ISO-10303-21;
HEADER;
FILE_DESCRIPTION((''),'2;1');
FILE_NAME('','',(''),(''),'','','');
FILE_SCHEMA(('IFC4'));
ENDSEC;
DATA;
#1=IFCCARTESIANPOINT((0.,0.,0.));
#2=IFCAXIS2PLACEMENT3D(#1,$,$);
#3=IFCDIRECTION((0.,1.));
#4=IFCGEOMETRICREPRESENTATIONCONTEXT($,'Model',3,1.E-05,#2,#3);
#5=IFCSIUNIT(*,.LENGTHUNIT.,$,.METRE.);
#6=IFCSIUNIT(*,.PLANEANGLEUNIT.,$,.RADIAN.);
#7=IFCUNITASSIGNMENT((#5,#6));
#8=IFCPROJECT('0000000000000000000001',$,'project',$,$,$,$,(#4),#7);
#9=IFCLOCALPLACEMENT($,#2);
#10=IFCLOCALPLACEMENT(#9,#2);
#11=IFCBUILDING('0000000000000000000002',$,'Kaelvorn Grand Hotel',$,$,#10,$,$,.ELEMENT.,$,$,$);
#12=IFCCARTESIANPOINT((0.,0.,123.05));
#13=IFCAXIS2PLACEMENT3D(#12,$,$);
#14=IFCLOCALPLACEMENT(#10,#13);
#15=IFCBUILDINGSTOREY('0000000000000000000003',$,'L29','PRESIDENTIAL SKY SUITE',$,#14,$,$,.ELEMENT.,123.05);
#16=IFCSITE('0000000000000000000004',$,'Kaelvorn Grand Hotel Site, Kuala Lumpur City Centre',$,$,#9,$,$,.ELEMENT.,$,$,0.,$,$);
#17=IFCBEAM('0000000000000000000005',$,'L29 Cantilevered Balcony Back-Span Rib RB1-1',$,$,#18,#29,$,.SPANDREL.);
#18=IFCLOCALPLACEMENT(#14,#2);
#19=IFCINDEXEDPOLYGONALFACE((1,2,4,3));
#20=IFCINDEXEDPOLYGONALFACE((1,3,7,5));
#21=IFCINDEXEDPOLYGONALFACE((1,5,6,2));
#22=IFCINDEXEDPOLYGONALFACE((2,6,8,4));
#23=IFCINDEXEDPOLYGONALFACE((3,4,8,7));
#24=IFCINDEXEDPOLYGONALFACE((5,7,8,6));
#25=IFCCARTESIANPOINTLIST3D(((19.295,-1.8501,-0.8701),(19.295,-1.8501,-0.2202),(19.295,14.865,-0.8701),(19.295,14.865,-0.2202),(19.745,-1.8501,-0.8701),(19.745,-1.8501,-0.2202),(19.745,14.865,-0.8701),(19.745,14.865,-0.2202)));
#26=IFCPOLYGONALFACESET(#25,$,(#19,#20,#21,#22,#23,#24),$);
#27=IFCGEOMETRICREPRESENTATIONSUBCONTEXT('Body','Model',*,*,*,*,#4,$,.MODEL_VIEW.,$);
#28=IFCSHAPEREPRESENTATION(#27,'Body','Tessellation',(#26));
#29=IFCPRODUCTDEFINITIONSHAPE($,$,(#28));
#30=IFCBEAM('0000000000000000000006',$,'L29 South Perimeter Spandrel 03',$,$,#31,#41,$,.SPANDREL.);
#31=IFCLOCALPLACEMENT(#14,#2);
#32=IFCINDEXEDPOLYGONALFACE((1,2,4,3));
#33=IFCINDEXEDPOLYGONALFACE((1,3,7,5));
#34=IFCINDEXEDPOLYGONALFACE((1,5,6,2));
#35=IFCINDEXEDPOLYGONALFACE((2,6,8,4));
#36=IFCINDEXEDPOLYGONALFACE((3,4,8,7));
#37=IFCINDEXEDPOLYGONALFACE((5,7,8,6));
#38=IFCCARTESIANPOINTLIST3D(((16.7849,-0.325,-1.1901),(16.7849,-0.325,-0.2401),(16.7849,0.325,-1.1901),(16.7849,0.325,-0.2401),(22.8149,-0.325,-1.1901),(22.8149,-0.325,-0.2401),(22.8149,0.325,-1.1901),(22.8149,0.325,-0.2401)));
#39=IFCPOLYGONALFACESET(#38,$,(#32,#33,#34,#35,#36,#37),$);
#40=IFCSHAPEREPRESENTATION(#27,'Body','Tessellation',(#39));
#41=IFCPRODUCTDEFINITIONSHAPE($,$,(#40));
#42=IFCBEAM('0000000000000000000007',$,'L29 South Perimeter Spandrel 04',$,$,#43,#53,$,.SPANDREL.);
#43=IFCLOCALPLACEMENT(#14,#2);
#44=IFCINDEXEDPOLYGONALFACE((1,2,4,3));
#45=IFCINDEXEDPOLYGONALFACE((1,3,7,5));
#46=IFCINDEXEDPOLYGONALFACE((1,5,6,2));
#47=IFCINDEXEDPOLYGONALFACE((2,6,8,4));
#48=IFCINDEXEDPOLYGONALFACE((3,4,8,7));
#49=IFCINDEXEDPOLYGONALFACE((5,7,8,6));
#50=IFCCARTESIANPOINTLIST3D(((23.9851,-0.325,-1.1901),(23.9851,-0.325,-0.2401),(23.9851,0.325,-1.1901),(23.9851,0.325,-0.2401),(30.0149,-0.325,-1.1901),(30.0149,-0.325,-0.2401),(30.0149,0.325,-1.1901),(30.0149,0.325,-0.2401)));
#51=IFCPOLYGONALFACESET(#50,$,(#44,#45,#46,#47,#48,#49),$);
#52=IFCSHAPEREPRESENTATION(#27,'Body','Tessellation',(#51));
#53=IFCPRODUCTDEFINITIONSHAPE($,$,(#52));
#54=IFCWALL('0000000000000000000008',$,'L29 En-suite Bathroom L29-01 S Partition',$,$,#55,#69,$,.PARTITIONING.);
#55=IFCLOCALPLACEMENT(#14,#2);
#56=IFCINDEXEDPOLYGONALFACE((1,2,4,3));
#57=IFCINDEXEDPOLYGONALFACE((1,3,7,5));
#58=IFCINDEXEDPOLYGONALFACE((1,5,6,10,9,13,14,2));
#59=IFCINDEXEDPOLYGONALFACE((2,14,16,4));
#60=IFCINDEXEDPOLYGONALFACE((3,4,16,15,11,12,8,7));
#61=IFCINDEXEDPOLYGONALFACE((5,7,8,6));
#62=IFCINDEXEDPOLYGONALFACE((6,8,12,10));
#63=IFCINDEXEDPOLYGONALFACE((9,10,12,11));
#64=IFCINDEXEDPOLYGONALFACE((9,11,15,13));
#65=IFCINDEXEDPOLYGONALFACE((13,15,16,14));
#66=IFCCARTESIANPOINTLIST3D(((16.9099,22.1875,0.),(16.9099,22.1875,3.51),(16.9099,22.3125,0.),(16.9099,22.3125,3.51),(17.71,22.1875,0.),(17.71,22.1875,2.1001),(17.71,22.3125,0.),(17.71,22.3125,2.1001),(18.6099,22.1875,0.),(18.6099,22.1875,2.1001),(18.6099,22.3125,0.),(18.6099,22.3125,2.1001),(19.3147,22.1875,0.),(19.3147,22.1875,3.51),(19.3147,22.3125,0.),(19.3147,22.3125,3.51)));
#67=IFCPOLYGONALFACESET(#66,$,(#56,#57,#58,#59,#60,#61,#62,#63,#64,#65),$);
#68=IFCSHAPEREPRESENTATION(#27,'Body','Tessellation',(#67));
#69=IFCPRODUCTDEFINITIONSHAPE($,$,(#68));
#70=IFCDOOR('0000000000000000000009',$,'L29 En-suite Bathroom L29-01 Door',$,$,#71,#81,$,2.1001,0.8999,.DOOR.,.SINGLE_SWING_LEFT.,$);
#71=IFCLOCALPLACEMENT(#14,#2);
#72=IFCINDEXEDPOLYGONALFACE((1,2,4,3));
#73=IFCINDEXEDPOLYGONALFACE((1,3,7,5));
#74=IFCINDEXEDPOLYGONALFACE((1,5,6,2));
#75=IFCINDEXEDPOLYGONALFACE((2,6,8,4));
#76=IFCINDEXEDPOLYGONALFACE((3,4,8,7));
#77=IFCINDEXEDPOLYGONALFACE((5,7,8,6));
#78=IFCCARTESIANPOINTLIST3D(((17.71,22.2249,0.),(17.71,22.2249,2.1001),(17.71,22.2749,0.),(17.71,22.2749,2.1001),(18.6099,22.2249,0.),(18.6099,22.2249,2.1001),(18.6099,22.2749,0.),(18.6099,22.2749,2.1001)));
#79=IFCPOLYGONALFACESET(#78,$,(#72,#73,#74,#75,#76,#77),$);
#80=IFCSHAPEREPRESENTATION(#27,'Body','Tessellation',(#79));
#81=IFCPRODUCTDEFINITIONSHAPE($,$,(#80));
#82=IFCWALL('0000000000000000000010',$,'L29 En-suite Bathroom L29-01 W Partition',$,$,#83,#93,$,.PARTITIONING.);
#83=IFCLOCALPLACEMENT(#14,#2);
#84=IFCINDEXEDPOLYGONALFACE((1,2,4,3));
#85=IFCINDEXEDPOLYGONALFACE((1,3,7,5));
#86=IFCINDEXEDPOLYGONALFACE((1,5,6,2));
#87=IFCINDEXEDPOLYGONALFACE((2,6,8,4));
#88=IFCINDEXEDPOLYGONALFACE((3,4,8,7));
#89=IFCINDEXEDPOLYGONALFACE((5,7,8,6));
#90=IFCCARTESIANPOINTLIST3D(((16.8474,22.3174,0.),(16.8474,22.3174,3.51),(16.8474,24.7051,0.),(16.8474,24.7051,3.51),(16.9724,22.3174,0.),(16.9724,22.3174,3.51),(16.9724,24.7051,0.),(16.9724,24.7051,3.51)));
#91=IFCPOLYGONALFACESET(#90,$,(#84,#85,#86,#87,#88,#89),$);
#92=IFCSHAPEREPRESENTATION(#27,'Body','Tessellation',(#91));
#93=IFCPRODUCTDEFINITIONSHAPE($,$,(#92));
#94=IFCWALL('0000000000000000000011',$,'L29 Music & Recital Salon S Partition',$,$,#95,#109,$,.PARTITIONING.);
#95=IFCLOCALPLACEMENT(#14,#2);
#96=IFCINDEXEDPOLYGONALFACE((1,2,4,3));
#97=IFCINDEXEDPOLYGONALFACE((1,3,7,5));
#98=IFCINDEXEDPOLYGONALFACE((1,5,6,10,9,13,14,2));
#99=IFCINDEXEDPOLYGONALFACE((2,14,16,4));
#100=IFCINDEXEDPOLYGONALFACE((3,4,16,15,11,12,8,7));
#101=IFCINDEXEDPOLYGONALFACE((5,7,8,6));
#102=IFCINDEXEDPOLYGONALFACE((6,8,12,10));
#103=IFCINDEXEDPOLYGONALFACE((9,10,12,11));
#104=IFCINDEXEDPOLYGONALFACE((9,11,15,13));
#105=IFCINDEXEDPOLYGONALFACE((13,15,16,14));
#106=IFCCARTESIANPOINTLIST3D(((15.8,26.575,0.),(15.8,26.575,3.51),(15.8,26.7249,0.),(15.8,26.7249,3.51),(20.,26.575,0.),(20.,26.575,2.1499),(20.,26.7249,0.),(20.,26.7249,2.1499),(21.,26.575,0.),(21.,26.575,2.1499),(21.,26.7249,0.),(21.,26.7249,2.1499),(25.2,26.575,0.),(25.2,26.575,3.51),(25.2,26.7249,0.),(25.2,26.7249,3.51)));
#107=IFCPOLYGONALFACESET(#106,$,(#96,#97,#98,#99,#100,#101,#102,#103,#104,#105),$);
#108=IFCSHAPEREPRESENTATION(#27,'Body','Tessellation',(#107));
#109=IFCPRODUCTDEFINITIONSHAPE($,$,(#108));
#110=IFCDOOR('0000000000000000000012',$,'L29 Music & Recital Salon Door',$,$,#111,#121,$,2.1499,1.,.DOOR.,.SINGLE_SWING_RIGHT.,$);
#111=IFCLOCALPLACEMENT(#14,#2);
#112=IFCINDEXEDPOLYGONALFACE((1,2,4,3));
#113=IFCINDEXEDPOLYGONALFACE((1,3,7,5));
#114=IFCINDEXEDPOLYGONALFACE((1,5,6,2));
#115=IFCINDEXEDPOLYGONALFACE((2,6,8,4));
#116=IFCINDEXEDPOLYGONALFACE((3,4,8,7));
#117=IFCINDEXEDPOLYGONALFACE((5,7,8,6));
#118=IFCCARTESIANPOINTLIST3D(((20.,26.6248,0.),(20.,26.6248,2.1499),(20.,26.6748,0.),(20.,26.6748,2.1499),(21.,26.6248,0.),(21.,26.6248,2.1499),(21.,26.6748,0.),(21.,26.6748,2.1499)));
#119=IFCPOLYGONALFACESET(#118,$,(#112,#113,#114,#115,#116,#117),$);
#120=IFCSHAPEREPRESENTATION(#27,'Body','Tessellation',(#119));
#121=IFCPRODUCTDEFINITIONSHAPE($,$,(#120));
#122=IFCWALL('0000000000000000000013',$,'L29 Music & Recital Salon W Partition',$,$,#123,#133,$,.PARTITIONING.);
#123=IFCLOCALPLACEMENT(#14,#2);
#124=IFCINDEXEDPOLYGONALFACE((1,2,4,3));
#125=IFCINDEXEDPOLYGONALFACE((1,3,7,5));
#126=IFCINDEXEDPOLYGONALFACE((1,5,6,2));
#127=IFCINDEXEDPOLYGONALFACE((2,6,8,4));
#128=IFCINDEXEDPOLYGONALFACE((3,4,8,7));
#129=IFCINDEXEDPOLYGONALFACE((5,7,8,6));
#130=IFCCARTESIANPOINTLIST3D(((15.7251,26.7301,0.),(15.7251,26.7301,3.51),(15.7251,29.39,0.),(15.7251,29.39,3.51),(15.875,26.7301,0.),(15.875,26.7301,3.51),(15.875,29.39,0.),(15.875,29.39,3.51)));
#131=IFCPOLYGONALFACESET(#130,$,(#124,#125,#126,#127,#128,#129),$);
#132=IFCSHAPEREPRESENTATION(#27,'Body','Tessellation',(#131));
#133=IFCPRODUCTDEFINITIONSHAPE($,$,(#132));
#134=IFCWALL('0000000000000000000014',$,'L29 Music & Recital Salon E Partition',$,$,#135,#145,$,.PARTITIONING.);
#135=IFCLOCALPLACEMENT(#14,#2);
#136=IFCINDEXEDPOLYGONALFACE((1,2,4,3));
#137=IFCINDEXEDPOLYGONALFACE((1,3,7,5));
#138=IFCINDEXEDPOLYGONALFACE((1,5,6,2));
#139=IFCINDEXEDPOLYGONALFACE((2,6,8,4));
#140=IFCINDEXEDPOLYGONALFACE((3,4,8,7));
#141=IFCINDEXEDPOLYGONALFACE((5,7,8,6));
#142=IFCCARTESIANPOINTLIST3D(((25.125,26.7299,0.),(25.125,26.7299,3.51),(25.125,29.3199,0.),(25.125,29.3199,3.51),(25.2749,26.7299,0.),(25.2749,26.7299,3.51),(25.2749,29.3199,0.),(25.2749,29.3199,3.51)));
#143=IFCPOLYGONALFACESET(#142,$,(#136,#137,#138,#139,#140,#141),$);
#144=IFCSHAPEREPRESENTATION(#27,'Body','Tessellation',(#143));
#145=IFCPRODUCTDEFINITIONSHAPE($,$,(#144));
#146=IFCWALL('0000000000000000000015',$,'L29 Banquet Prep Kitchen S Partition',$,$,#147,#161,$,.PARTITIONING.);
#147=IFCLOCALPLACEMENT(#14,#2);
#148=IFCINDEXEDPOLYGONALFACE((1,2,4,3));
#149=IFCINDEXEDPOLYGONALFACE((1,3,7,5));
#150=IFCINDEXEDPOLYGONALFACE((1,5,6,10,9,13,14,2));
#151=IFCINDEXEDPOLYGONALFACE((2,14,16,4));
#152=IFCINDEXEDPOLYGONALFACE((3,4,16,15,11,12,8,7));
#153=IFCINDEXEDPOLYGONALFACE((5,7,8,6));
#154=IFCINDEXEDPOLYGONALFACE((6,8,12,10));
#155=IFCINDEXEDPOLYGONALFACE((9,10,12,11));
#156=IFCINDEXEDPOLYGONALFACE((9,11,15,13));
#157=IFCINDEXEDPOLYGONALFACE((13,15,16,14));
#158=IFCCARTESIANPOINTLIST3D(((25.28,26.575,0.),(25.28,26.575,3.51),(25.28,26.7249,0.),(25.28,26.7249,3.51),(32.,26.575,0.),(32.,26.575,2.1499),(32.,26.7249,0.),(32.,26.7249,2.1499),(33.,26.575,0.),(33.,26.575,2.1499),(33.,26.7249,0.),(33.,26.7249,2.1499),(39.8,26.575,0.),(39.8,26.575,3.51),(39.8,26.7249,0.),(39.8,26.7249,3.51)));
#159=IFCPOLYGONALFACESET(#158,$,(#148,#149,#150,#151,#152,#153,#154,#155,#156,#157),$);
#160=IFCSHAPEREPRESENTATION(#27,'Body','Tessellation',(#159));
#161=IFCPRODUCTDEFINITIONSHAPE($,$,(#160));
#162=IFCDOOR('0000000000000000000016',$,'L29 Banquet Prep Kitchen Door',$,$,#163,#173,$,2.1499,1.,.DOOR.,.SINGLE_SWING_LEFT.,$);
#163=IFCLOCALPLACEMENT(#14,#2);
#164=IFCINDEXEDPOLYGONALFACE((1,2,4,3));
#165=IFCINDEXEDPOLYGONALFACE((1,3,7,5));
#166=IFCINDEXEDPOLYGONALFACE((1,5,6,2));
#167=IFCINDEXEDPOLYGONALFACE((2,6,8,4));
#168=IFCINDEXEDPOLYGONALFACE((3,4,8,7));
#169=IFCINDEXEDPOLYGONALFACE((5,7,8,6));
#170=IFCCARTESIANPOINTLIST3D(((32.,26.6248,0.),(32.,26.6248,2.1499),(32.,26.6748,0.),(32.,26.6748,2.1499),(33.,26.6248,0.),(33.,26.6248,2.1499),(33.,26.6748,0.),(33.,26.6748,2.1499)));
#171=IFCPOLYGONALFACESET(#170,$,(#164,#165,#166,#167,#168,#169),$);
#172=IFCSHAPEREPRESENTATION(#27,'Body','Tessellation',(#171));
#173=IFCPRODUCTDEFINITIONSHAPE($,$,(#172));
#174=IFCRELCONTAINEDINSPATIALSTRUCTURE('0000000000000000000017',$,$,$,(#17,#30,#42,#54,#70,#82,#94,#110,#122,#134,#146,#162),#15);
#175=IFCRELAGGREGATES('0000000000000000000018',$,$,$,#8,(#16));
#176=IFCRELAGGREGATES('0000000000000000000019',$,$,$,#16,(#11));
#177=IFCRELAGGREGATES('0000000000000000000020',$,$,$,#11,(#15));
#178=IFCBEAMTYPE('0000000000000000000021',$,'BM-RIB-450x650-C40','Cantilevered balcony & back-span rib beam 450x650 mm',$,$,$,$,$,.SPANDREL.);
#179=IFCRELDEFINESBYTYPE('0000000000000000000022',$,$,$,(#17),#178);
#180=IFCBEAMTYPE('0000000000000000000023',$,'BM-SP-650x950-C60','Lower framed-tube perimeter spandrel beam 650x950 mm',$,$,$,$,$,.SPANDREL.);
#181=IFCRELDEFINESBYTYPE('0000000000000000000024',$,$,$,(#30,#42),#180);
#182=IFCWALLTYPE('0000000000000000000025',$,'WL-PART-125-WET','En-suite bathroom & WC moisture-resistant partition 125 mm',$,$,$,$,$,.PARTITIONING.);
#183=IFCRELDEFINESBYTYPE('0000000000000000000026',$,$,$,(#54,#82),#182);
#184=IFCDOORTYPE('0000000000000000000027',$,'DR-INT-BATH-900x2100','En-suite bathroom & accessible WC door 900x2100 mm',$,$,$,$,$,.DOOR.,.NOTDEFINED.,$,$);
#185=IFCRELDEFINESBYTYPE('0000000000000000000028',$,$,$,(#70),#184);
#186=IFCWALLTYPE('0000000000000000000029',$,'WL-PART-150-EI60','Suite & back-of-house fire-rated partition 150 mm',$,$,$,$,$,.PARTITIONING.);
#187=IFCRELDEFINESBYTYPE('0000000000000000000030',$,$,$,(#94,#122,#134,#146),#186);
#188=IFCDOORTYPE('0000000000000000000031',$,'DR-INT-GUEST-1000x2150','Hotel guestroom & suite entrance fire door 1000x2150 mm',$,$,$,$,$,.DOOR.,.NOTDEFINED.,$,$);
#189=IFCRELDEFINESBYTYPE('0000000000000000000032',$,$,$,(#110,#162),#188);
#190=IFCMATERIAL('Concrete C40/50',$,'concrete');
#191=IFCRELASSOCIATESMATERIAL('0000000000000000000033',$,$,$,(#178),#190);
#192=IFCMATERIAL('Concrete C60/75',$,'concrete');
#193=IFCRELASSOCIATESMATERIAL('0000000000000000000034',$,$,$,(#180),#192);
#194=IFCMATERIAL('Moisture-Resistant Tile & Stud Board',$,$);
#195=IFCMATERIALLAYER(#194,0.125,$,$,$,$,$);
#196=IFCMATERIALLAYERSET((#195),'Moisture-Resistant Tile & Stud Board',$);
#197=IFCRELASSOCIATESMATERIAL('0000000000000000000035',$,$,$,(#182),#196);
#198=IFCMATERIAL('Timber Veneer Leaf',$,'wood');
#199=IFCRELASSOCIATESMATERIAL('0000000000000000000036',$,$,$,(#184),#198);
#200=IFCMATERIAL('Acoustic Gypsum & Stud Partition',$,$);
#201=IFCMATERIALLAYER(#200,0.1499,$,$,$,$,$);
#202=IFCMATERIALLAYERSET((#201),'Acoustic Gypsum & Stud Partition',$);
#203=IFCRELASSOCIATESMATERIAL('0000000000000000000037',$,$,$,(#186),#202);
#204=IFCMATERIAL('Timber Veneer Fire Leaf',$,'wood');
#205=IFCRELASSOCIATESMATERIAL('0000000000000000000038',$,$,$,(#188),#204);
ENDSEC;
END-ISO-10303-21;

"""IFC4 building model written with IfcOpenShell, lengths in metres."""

from ifc_helpers import new_model, si_unit, direction, frame, frame_2d, origin, origin_2d, place, context, subcontext, project, spatial, rectangle, extrude, material, layer, layer_set, material_profile, profile_set, type_object, element, fill, save


model = new_model("IFC4")

# Units and contexts
model_context = context("Model", 3, precision=1e-05, world=origin(), true_north=direction((0.0, 1.0)))
body_context = subcontext(model_context, "Body", "Model", "MODEL_VIEW")
ifc_project = project(units=[si_unit("LENGTHUNIT", "METRE"), si_unit("PLANEANGLEUNIT", "RADIAN")], contexts=[model_context])

# Site, building, storey
site_placement = place(None, origin())
site = spatial("IfcSite", under=ifc_project, at=site_placement, Name="Kaelvorn Grand Hotel Site, Kuala Lumpur City Centre", CompositionType="ELEMENT", RefElevation=0.0)
building_placement = place(site_placement, origin())
building = spatial("IfcBuilding", under=site, at=building_placement, Name="Kaelvorn Grand Hotel", CompositionType="ELEMENT")
storey_placement = place(building_placement, frame((0.0, 0.0, 123.05)))
storey = spatial("IfcBuildingStorey", under=building, at=storey_placement, Name="L29", Description="PRESIDENTIAL SKY SUITE", CompositionType="ELEMENT", Elevation=123.05)

# Shared definitions
ifc_material_1 = material(Name="Concrete C60/75", Category="concrete")

# Beams
ifc_material_2 = material(Name="Concrete C40/50", Category="concrete")
ifc_material_profile_1 = material_profile(ifc_material_2, rectangle(XDim=0.45, YDim=0.6499, at=origin_2d()), Name="RC RIB 450x650")
ifc_profile_set_1 = profile_set([ifc_material_profile_1], Name="Concrete C40/50")
beam_type_1 = type_object("IfcBeamType", Name="BM-RIB-450x650-C40", Description="Cantilevered balcony & back-span rib beam 450x650 mm", PredefinedType="SPANDREL", material=ifc_profile_set_1)
beam_1_placement = place(storey_placement, frame((19.52, -1.8501, -0.5452), z_axis=(0.0, 1.0, 0.0), x_axis=(-1.0, 0.0, 0.0)))
element("IfcBeam", 1, at=beam_1_placement, inside=storey, type_object=beam_type_1, Name="L29 Cantilevered Balcony Back-Span Rib RB1-1", PredefinedType="SPANDREL", context=body_context, shape_type="SweptSolid", body=[
    extrude(rectangle(XDim=0.45, YDim=0.6499, at=origin_2d()), origin(), (0.0, 0.0, 1.0), 16.7151),
])
ifc_material_profile_2 = material_profile(ifc_material_1, rectangle(XDim=0.6499, YDim=0.95, at=origin_2d()), Name="RC SPANDREL 650x950")
ifc_profile_set_2 = profile_set([ifc_material_profile_2], Name="Concrete C60/75")
beam_type_2 = type_object("IfcBeamType", Name="BM-SP-650x950-C60", Description="Lower framed-tube perimeter spandrel beam 650x950 mm", PredefinedType="SPANDREL", material=ifc_profile_set_2)
beam_2_placement = place(storey_placement, frame((16.7849, 0.0, -0.7151), z_axis=(1.0, 0.0, 0.0), x_axis=(0.0, 1.0, 0.0)))
element("IfcBeam", 2, at=beam_2_placement, inside=storey, type_object=beam_type_2, Name="L29 South Perimeter Spandrel 03", PredefinedType="SPANDREL", context=body_context, shape_type="SweptSolid", body=[
    extrude(rectangle(XDim=0.6499, YDim=0.95, at=origin_2d()), origin(), (0.0, 0.0, 1.0), 6.03),
])
beam_3_placement = place(storey_placement, frame((23.9851, 0.0, -0.7151), z_axis=(1.0, 0.0, 0.0), x_axis=(0.0, 1.0, 0.0)))
element("IfcBeam", 3, at=beam_3_placement, inside=storey, type_object=beam_type_2, Name="L29 South Perimeter Spandrel 04", PredefinedType="SPANDREL", context=body_context, shape_type="SweptSolid", body=[
    extrude(rectangle(XDim=0.6499, YDim=0.95, at=origin_2d()), origin(), (0.0, 0.0, 1.0), 6.0298),
])

# Wall, opening, door
ifc_material_3 = material(Name="Moisture-Resistant Tile & Stud Board")
ifc_layer_1 = layer(ifc_material_3, 0.125)
ifc_layer_set_1 = layer_set([ifc_layer_1], Name="Moisture-Resistant Tile & Stud Board")
wall_type_1 = type_object("IfcWallType", Name="WL-PART-125-WET", Description="En-suite bathroom & WC moisture-resistant partition 125 mm", PredefinedType="PARTITIONING", material=ifc_layer_set_1)
wall_1_placement = place(storey_placement, frame((16.9099, 22.25, 0.0), z_axis=(0.0, 0.0, 1.0), x_axis=(1.0, 0.0, 0.0)))
wall_1 = element("IfcWall", 4, at=wall_1_placement, inside=storey, type_object=wall_type_1, Name="L29 En-suite Bathroom L29-01 S Partition", PredefinedType="PARTITIONING", context=body_context, shape_type="SweptSolid", body=[
    extrude(rectangle(XDim=2.4048, YDim=0.125, at=frame_2d((1.2024, 0.0))), origin(), (0.0, 0.0, 1.0), 3.51),
])
opening_1_placement = place(wall_1_placement, frame((0.8, 0.0, 0.0)))
opening_1 = element("IfcOpeningElement", 5, at=opening_1_placement, cuts=wall_1, PredefinedType="OPENING", context=body_context, shape_type="SweptSolid", body=[
    extrude(rectangle(XDim=0.8999, YDim=2.1001, at=frame_2d((0.45, 1.05))), frame((0.0, 0.0725, 0.0), z_axis=(0.0, -1.0, 0.0), x_axis=(1.0, 0.0, 0.0)), (0.0, 0.0, 1.0), 0.145),
])
ifc_material_4 = material(Name="Timber Veneer Leaf", Category="wood")
door_type_1 = type_object("IfcDoorType", Name="DR-INT-BATH-900x2100", Description="En-suite bathroom & accessible WC door 900x2100 mm", OperationType="NOTDEFINED", PredefinedType="DOOR", material=ifc_material_4)
door_1_placement = place(opening_1_placement, origin())
door_1 = element("IfcDoor", 6, at=door_1_placement, inside=storey, type_object=door_type_1, Name="L29 En-suite Bathroom L29-01 Door", OperationType="SINGLE_SWING_LEFT", OverallHeight=2.1001, OverallWidth=0.8999, PredefinedType="DOOR", context=body_context, shape_type="SweptSolid", body=[
    extrude(rectangle(XDim=0.8999, YDim=2.1001, at=frame_2d((0.45, 1.05))), frame((0.0, 0.0249, 0.0), z_axis=(0.0, -1.0, 0.0), x_axis=(1.0, 0.0, 0.0)), (0.0, 0.0, 1.0), 0.05),
])
fill(opening_1, door_1)

# Wall
wall_2_placement = place(storey_placement, frame((16.9099, 22.3174, 0.0), z_axis=(0.0, 0.0, 1.0), x_axis=(0.0, 1.0, 0.0)))
element("IfcWall", 7, at=wall_2_placement, inside=storey, type_object=wall_type_1, Name="L29 En-suite Bathroom L29-01 W Partition", PredefinedType="PARTITIONING", context=body_context, shape_type="SweptSolid", body=[
    extrude(rectangle(XDim=2.3877, YDim=0.125, at=frame_2d((1.1938, 0.0))), origin(), (0.0, 0.0, 1.0), 3.51),
])

# Wall, opening, door
ifc_material_5 = material(Name="Acoustic Gypsum & Stud Partition")
ifc_layer_2 = layer(ifc_material_5, 0.1499)
ifc_layer_set_2 = layer_set([ifc_layer_2], Name="Acoustic Gypsum & Stud Partition")
wall_type_2 = type_object("IfcWallType", Name="WL-PART-150-EI60", Description="Suite & back-of-house fire-rated partition 150 mm", PredefinedType="PARTITIONING", material=ifc_layer_set_2)
wall_3_placement = place(storey_placement, frame((15.8, 26.6499, 0.0), z_axis=(0.0, 0.0, 1.0), x_axis=(1.0, 0.0, 0.0)))
wall_3 = element("IfcWall", 8, at=wall_3_placement, inside=storey, type_object=wall_type_2, Name="L29 Music & Recital Salon S Partition", PredefinedType="PARTITIONING", context=body_context, shape_type="SweptSolid", body=[
    extrude(rectangle(XDim=9.3999, YDim=0.1499, at=frame_2d((4.7, 0.0))), origin(), (0.0, 0.0, 1.0), 3.51),
])
opening_2_placement = place(wall_3_placement, frame((4.2, 0.0, 0.0)))
opening_2 = element("IfcOpeningElement", 9, at=opening_2_placement, cuts=wall_3, PredefinedType="OPENING", context=body_context, shape_type="SweptSolid", body=[
    extrude(rectangle(XDim=1.0, YDim=2.1499, at=frame_2d((0.5, 1.075))), frame((0.0, 0.085, 0.0), z_axis=(0.0, -1.0, 0.0), x_axis=(1.0, 0.0, 0.0)), (0.0, 0.0, 1.0), 0.1699),
])
ifc_material_6 = material(Name="Timber Veneer Fire Leaf", Category="wood")
door_type_2 = type_object("IfcDoorType", Name="DR-INT-GUEST-1000x2150", Description="Hotel guestroom & suite entrance fire door 1000x2150 mm", OperationType="NOTDEFINED", PredefinedType="DOOR", material=ifc_material_6)
door_2_placement = place(opening_2_placement, origin())
door_2 = element("IfcDoor", 10, at=door_2_placement, inside=storey, type_object=door_type_2, Name="L29 Music & Recital Salon Door", OperationType="SINGLE_SWING_RIGHT", OverallHeight=2.1499, OverallWidth=1.0, PredefinedType="DOOR", context=body_context, shape_type="SweptSolid", body=[
    extrude(rectangle(XDim=1.0, YDim=2.1499, at=frame_2d((0.5, 1.075))), frame((0.0, 0.0249, 0.0), z_axis=(0.0, -1.0, 0.0), x_axis=(1.0, 0.0, 0.0)), (0.0, 0.0, 1.0), 0.05),
])
fill(opening_2, door_2)

# Walls
wall_4_placement = place(storey_placement, frame((15.8, 26.73, 0.0), z_axis=(0.0, 0.0, 1.0), x_axis=(0.0, 1.0, 0.0)))
element("IfcWall", 11, at=wall_4_placement, inside=storey, type_object=wall_type_2, Name="L29 Music & Recital Salon W Partition", PredefinedType="PARTITIONING", context=body_context, shape_type="SweptSolid", body=[
    extrude(rectangle(XDim=2.6599, YDim=0.1499, at=frame_2d((1.3301, 0.0))), origin(), (0.0, 0.0, 1.0), 3.51),
])
wall_5_placement = place(storey_placement, frame((25.2, 26.73, 0.0), z_axis=(0.0, 0.0, 1.0), x_axis=(0.0, 1.0, 0.0)))
element("IfcWall", 12, at=wall_5_placement, inside=storey, type_object=wall_type_2, Name="L29 Music & Recital Salon E Partition", PredefinedType="PARTITIONING", context=body_context, shape_type="SweptSolid", body=[
    extrude(rectangle(XDim=2.5901, YDim=0.1499, at=frame_2d((1.2949, 0.0))), origin(), (0.0, 0.0, 1.0), 3.51),
])

# Wall, opening, door
wall_6_placement = place(storey_placement, frame((25.28, 26.6499, 0.0), z_axis=(0.0, 0.0, 1.0), x_axis=(1.0, 0.0, 0.0)))
wall_6 = element("IfcWall", 13, at=wall_6_placement, inside=storey, type_object=wall_type_2, Name="L29 Banquet Prep Kitchen S Partition", PredefinedType="PARTITIONING", context=body_context, shape_type="SweptSolid", body=[
    extrude(rectangle(XDim=14.52, YDim=0.1499, at=frame_2d((7.26, 0.0))), origin(), (0.0, 0.0, 1.0), 3.51),
])
opening_3_placement = place(wall_6_placement, frame((6.72, 0.0, 0.0)))
opening_3 = element("IfcOpeningElement", 14, at=opening_3_placement, cuts=wall_6, PredefinedType="OPENING", context=body_context, shape_type="SweptSolid", body=[
    extrude(rectangle(XDim=1.0, YDim=2.1499, at=frame_2d((0.5, 1.075))), frame((0.0, 0.085, 0.0), z_axis=(0.0, -1.0, 0.0), x_axis=(1.0, 0.0, 0.0)), (0.0, 0.0, 1.0), 0.1699),
])
door_3_placement = place(opening_3_placement, origin())
door_3 = element("IfcDoor", 15, at=door_3_placement, inside=storey, type_object=door_type_2, Name="L29 Banquet Prep Kitchen Door", OperationType="SINGLE_SWING_LEFT", OverallHeight=2.1499, OverallWidth=1.0, PredefinedType="DOOR", context=body_context, shape_type="SweptSolid", body=[
    extrude(rectangle(XDim=1.0, YDim=2.1499, at=frame_2d((0.5, 1.075))), frame((0.0, 0.0249, 0.0), z_axis=(0.0, -1.0, 0.0), x_axis=(1.0, 0.0, 0.0)), (0.0, 0.0, 1.0), 0.05),
])
fill(opening_3, door_3)

save(model, "model.ifc")
